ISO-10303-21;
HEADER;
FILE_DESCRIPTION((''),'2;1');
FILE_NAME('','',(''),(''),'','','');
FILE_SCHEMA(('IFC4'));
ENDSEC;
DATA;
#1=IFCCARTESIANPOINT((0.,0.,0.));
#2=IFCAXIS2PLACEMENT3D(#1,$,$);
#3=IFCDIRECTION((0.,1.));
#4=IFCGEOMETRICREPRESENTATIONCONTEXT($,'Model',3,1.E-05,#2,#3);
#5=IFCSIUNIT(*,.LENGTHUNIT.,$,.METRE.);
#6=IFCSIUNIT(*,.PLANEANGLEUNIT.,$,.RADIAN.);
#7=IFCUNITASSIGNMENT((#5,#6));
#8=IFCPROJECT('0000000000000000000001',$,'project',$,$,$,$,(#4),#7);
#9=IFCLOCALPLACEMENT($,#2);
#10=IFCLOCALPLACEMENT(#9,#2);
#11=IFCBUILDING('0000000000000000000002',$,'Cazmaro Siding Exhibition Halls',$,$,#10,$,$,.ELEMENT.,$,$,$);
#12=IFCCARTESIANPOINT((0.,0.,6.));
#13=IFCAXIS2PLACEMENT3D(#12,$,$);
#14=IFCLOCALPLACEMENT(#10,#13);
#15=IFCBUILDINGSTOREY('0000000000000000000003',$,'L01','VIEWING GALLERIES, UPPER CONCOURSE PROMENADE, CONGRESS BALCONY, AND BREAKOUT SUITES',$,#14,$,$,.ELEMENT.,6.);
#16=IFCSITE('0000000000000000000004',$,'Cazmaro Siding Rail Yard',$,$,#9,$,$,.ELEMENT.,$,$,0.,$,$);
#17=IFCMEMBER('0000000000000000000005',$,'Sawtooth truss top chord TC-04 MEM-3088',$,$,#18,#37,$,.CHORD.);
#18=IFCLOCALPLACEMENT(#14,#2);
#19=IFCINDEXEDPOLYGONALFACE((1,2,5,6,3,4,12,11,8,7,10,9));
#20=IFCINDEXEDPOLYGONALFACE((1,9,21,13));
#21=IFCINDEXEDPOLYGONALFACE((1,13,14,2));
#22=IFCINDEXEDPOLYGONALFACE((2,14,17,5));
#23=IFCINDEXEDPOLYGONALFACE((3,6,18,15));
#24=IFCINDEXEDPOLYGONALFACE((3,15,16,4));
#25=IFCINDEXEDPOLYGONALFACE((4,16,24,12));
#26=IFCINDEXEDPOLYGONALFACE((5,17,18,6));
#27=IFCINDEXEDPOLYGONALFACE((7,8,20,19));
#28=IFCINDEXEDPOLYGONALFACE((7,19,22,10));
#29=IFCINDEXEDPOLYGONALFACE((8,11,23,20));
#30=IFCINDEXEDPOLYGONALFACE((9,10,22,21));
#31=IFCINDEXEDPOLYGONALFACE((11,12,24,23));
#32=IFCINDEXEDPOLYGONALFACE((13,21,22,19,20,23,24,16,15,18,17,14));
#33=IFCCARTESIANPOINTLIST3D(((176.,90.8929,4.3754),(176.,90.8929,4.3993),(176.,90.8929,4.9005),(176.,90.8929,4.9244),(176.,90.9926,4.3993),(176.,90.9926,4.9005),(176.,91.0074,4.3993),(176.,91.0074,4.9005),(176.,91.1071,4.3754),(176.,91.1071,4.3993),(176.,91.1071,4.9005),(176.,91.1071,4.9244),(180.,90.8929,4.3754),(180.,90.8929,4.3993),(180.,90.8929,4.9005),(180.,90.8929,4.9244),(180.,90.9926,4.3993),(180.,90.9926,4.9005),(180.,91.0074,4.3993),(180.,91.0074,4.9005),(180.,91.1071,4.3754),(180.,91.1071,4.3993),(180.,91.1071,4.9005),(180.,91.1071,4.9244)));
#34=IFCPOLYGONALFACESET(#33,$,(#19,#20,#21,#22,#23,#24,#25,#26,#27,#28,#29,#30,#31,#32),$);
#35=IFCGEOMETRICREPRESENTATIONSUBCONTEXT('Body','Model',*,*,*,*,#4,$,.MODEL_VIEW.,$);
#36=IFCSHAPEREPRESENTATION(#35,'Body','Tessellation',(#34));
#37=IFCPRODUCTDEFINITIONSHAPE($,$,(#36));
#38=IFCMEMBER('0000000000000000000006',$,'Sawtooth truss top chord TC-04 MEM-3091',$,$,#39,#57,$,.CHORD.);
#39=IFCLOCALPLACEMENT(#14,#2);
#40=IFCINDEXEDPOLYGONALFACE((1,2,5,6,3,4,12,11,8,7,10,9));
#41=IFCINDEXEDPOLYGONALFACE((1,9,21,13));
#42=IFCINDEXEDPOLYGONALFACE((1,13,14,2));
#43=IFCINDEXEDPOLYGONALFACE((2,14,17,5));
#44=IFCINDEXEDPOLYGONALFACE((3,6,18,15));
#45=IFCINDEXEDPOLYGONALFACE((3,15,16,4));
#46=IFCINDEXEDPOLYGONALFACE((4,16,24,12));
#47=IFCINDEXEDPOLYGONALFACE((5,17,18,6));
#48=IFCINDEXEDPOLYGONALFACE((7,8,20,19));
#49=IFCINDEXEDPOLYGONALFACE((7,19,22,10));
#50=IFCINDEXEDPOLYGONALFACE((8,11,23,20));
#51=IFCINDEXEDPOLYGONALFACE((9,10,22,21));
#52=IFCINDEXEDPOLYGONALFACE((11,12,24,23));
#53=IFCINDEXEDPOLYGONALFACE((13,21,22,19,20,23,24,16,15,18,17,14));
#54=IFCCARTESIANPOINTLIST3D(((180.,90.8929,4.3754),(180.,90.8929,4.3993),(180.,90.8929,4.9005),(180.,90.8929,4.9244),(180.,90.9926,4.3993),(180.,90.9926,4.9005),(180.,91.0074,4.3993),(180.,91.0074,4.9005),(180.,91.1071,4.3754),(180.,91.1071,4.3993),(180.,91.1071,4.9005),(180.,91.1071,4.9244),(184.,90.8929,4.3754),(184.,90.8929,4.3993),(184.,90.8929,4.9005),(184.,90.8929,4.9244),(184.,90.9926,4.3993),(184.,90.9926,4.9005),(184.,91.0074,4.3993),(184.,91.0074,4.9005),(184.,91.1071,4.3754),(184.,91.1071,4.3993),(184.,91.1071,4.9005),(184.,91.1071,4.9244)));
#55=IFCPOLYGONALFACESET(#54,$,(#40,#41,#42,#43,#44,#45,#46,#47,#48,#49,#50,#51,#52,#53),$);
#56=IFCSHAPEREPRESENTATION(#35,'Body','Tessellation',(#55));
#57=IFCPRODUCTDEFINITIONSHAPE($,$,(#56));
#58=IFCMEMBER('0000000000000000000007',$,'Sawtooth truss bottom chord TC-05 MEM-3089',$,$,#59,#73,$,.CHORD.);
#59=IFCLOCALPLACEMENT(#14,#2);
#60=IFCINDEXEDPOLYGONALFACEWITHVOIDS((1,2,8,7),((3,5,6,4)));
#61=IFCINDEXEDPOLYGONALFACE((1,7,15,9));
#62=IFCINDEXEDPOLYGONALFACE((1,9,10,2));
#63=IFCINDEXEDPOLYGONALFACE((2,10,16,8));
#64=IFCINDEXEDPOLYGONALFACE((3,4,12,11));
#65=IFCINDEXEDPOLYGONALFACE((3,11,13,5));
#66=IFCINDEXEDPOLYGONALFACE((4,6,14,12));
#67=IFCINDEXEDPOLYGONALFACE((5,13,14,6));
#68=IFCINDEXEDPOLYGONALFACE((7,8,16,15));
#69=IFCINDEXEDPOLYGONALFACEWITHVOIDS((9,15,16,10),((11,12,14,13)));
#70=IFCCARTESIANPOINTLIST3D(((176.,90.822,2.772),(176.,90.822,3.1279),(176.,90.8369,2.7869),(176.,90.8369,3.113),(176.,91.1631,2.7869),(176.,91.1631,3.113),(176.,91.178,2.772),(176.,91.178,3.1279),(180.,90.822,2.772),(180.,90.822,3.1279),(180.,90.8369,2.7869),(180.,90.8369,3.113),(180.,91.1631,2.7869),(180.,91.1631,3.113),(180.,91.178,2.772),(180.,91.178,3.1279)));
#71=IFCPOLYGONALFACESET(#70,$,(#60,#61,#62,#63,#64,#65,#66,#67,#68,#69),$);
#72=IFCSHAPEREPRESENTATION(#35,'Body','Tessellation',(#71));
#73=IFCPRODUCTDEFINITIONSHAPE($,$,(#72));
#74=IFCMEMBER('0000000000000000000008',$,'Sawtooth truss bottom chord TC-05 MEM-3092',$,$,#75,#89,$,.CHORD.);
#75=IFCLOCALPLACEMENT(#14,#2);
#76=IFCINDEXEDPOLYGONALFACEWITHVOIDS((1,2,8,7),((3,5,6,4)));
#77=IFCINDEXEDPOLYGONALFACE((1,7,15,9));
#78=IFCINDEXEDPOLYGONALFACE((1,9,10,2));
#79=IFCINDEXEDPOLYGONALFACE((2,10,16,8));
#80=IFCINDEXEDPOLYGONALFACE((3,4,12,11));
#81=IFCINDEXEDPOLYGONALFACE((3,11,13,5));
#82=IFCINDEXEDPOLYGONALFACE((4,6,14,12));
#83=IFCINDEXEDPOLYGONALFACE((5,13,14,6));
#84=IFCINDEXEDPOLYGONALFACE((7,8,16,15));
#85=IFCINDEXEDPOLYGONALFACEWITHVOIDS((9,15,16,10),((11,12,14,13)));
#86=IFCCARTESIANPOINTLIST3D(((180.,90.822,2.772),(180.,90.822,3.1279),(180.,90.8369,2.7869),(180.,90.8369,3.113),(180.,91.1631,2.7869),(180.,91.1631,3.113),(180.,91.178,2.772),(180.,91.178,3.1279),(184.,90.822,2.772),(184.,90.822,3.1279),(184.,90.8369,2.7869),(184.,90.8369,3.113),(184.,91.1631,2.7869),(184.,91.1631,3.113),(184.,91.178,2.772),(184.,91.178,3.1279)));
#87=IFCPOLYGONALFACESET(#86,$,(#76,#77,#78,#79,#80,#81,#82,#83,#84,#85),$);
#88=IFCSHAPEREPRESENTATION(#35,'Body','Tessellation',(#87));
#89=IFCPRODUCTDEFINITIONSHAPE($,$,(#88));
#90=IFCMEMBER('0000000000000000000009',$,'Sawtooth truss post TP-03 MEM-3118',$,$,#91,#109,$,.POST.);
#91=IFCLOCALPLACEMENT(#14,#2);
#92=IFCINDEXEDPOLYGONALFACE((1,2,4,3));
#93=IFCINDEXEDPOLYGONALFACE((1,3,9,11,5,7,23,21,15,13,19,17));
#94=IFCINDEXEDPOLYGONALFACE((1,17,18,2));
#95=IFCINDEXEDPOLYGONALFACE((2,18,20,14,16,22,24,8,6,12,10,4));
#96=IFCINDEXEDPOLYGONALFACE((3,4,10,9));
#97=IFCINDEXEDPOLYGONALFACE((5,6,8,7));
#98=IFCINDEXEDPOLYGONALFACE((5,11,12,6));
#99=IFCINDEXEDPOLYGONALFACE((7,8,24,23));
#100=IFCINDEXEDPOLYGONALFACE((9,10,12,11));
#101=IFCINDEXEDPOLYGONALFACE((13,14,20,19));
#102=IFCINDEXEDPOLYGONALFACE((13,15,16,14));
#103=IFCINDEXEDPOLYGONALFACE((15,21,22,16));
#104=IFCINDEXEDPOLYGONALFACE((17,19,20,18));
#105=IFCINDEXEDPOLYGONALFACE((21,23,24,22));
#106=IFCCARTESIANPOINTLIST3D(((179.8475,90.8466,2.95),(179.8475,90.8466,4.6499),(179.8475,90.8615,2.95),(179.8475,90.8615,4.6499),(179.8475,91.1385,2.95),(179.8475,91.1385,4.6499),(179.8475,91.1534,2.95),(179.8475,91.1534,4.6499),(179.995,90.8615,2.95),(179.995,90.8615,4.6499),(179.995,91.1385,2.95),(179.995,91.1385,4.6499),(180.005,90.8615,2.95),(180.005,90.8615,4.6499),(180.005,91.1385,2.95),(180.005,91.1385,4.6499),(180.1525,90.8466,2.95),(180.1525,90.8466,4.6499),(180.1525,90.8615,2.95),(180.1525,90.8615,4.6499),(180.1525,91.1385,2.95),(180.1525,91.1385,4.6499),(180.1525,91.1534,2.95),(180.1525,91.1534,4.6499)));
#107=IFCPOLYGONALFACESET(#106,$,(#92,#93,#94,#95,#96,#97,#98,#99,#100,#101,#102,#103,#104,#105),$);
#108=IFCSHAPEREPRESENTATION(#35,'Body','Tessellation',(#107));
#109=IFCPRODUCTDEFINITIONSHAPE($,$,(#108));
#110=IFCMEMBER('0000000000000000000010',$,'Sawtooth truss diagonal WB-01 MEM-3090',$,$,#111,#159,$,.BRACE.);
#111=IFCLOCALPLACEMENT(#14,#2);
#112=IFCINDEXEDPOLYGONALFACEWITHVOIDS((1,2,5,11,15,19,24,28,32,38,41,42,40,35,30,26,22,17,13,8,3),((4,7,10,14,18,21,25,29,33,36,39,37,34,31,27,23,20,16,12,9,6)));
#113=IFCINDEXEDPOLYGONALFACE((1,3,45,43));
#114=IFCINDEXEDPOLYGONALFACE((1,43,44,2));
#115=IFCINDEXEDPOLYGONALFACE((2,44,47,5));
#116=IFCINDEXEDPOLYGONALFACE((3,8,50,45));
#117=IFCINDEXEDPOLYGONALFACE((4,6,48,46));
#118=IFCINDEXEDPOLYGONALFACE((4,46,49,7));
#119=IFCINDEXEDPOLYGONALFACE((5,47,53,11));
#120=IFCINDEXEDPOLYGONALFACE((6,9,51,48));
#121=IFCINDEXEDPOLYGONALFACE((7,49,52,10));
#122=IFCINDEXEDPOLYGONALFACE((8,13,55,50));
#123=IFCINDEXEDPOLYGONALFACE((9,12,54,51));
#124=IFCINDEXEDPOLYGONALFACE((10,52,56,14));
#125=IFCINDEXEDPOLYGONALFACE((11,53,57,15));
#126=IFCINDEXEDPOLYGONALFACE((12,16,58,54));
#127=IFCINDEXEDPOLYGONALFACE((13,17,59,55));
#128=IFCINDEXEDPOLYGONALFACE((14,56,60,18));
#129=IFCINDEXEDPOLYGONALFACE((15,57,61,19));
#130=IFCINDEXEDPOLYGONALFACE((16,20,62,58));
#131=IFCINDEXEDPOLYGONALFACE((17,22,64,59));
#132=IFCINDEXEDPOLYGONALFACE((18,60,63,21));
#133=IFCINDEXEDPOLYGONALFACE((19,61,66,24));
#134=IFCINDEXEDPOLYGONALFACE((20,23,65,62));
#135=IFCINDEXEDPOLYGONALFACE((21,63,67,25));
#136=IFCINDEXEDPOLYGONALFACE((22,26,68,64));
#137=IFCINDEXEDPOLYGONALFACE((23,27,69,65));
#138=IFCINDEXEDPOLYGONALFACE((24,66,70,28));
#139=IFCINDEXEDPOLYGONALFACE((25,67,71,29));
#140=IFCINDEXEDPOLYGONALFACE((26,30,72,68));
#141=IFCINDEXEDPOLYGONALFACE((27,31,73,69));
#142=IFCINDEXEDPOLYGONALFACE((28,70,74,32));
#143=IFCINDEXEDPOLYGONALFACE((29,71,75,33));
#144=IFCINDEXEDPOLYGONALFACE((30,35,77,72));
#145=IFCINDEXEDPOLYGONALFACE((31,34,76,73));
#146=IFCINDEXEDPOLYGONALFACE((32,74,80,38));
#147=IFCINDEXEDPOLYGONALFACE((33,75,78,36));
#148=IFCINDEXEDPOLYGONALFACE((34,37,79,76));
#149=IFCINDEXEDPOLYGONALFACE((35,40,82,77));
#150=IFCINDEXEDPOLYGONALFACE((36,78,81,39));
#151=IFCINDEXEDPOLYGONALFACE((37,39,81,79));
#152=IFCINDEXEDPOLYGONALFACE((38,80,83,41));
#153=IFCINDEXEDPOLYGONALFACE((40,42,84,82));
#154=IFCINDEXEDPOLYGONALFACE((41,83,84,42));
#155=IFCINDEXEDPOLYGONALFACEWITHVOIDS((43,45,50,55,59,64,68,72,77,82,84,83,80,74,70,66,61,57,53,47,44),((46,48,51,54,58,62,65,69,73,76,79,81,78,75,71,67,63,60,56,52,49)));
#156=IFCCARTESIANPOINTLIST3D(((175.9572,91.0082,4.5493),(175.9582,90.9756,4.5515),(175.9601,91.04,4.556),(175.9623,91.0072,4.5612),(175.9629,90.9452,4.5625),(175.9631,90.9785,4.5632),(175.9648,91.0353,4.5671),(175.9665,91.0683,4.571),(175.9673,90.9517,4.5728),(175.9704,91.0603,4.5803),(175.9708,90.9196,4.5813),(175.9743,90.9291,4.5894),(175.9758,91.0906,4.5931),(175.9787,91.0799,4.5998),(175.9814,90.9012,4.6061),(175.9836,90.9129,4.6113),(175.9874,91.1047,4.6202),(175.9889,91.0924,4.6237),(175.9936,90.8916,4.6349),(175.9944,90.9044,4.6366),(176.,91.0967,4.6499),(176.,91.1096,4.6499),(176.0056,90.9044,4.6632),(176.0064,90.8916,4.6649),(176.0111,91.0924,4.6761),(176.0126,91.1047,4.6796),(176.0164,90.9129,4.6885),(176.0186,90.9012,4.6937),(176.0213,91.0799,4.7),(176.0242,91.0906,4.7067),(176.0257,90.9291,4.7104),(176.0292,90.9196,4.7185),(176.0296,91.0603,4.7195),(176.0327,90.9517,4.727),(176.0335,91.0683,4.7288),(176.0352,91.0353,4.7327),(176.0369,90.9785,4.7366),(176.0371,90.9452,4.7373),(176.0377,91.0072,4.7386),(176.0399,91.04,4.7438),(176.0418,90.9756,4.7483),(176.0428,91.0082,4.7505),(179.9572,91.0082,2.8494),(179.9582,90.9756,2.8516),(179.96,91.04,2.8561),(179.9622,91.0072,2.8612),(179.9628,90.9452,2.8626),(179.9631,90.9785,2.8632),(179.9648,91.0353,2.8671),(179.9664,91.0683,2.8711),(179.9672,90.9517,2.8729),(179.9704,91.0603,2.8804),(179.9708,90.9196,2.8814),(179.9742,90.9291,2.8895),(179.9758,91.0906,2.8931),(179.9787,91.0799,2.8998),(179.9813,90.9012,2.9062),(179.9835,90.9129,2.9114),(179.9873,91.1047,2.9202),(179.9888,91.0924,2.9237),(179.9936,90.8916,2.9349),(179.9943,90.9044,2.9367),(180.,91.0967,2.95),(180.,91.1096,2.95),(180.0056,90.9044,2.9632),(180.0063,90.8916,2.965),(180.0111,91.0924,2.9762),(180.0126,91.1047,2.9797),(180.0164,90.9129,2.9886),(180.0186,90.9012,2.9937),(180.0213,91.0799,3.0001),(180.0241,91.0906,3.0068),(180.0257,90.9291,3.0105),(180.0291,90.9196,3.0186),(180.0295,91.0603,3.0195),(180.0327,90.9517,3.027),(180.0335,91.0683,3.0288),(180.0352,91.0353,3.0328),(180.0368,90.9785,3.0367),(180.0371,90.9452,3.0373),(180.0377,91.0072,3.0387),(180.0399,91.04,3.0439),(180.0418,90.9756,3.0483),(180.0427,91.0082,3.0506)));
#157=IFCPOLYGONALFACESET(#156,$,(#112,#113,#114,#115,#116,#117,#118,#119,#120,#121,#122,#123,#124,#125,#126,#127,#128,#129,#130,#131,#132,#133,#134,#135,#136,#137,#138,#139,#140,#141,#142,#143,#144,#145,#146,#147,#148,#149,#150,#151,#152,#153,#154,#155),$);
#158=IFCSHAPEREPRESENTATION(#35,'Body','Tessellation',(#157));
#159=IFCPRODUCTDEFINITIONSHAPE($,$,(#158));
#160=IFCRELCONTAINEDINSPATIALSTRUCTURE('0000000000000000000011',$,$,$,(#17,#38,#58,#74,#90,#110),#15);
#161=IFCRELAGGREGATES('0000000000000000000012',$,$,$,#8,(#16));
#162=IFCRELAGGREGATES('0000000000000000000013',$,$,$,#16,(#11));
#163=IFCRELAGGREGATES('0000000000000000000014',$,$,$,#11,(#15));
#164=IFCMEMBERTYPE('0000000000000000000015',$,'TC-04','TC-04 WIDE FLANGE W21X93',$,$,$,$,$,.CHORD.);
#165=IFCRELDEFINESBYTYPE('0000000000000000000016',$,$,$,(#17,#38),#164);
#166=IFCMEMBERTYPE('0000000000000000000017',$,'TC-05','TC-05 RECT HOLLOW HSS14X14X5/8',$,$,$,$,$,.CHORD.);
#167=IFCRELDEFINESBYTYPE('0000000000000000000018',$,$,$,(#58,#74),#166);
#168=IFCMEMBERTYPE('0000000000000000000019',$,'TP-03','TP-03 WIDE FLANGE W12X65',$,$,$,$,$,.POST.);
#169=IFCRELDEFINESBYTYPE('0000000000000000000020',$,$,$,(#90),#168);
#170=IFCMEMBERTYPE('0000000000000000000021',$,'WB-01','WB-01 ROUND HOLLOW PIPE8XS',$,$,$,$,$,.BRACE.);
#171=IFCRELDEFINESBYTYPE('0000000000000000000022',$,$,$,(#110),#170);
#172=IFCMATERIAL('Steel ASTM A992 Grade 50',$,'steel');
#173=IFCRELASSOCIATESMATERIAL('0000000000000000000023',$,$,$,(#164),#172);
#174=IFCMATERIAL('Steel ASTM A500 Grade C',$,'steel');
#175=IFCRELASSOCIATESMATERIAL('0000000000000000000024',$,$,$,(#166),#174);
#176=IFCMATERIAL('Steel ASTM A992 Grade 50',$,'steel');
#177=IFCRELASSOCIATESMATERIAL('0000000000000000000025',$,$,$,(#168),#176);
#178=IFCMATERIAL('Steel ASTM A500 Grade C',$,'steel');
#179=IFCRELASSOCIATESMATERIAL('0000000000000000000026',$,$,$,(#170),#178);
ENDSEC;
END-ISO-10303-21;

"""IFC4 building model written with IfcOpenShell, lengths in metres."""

from ifc_helpers import new_model, si_unit, direction, frame, origin, origin_2d, place, context, subcontext, project, spatial, hollow_rectangle, hollow_circle, i_section, extrude, material, material_profile, profile_set, type_object, element, save


model = new_model("IFC4")

# Units and contexts
model_context = context("Model", 3, precision=1e-05, world=origin(), true_north=direction((0.0, 1.0)))
body_context = subcontext(model_context, "Body", "Model", "MODEL_VIEW")
ifc_project = project(units=[si_unit("LENGTHUNIT", "METRE"), si_unit("PLANEANGLEUNIT", "RADIAN")], contexts=[model_context])

# Site, building, storey
site_placement = place(None, origin())
site = spatial("IfcSite", under=ifc_project, at=site_placement, Name="Cazmaro Siding Rail Yard", CompositionType="ELEMENT", RefElevation=0.0)
building_placement = place(site_placement, origin())
building = spatial("IfcBuilding", under=site, at=building_placement, Name="Cazmaro Siding Exhibition Halls", CompositionType="ELEMENT")
storey_placement = place(building_placement, frame((0.0, 0.0, 6.0)))
storey = spatial("IfcBuildingStorey", under=building, at=storey_placement, Name="L01", Description="VIEWING GALLERIES, UPPER CONCOURSE PROMENADE, CONGRESS BALCONY, AND BREAKOUT SUITES", CompositionType="ELEMENT", Elevation=6.0)

# Members
ifc_material_1 = material(Name="Steel ASTM A992 Grade 50", Category="steel")
ifc_material_profile_1 = material_profile(ifc_material_1, i_section(OverallWidth=0.2141, OverallDepth=0.5491, WebThickness=0.0149, FlangeThickness=0.0239, at=origin_2d()), Name="W21X93")
ifc_profile_set_1 = profile_set([ifc_material_profile_1], Name="Steel ASTM A992 Grade 50")
member_type_1 = type_object("IfcMemberType", Name="TC-04", Description="TC-04 WIDE FLANGE W21X93", PredefinedType="CHORD", material=ifc_profile_set_1)
for number, where, z_axis, x_axis, name in (
    (1, (176.0, 91.0, 4.6499), (1.0, 0.0, 0.0), (0.0, 1.0, 0.0), "Sawtooth truss top chord TC-04 MEM-3088"),
    (2, (180.0, 91.0, 4.6499), (1.0, 0.0, 0.0), (0.0, 1.0, 0.0), "Sawtooth truss top chord TC-04 MEM-3091"),
):
    element("IfcMember", number, at=place(storey_placement, frame(where, z_axis=z_axis, x_axis=x_axis)), inside=storey, type_object=member_type_1, Name=name, PredefinedType="CHORD", context=body_context, shape_type="SweptSolid", body=[
        extrude(i_section(OverallWidth=0.2141, OverallDepth=0.5491, WebThickness=0.0149, FlangeThickness=0.0239, at=origin_2d()), origin(), (0.0, 0.0, 1.0), 4.0),
    ])
ifc_material_2 = material(Name="Steel ASTM A500 Grade C", Category="steel")
ifc_material_profile_2 = material_profile(ifc_material_2, hollow_rectangle(XDim=0.356, YDim=0.356, WallThickness=0.0149, at=origin_2d()), Name="HSS14X14X5/8")
ifc_profile_set_2 = profile_set([ifc_material_profile_2], Name="Steel ASTM A500 Grade C")
member_type_2 = type_object("IfcMemberType", Name="TC-05", Description="TC-05 RECT HOLLOW HSS14X14X5/8", PredefinedType="CHORD", material=ifc_profile_set_2)
for number, where, z_axis, x_axis, name in (
    (3, (176.0, 91.0, 2.95), (1.0, 0.0, 0.0), (0.0, 1.0, 0.0), "Sawtooth truss bottom chord TC-05 MEM-3089"),
    (4, (180.0, 91.0, 2.95), (1.0, 0.0, 0.0), (0.0, 1.0, 0.0), "Sawtooth truss bottom chord TC-05 MEM-3092"),
):
    element("IfcMember", number, at=place(storey_placement, frame(where, z_axis=z_axis, x_axis=x_axis)), inside=storey, type_object=member_type_2, Name=name, PredefinedType="CHORD", context=body_context, shape_type="SweptSolid", body=[
        extrude(hollow_rectangle(XDim=0.356, YDim=0.356, WallThickness=0.0149, at=origin_2d()), origin(), (0.0, 0.0, 1.0), 4.0),
    ])
ifc_material_3 = material(Name="Steel ASTM A992 Grade 50", Category="steel")
ifc_material_profile_3 = material_profile(ifc_material_3, i_section(OverallWidth=0.3049, OverallDepth=0.3069, WebThickness=0.01, FlangeThickness=0.0149, at=origin_2d()), Name="W12X65")
ifc_profile_set_3 = profile_set([ifc_material_profile_3], Name="Steel ASTM A992 Grade 50")
member_type_3 = type_object("IfcMemberType", Name="TP-03", Description="TP-03 WIDE FLANGE W12X65", PredefinedType="POST", material=ifc_profile_set_3)
member_1_placement = place(storey_placement, frame((180.0, 91.0, 2.95), z_axis=(0.0, 0.0, 1.0), x_axis=(1.0, 0.0, 0.0)))
element("IfcMember", 5, at=member_1_placement, inside=storey, type_object=member_type_3, Name="Sawtooth truss post TP-03 MEM-3118", PredefinedType="POST", context=body_context, shape_type="SweptSolid", body=[
    extrude(i_section(OverallWidth=0.3049, OverallDepth=0.3069, WebThickness=0.01, FlangeThickness=0.0149, at=origin_2d()), origin(), (0.0, 0.0, 1.0), 1.7),
])
ifc_material_4 = material(Name="Steel ASTM A500 Grade C", Category="steel")
ifc_material_profile_4 = material_profile(ifc_material_4, hollow_circle(Radius=0.1096, WallThickness=0.0129, at=origin_2d()), Name="PIPE8XS")
ifc_profile_set_4 = profile_set([ifc_material_profile_4], Name="Steel ASTM A500 Grade C")
member_type_4 = type_object("IfcMemberType", Name="WB-01", Description="WB-01 ROUND HOLLOW PIPE8XS", PredefinedType="BRACE", material=ifc_profile_set_4)
for number, where, z_axis, x_axis, name in (
    (6, (176.0, 91.0, 4.6499), (0.920335, 0.0, -0.391131), (0.0, 1.0, 0.0), "Sawtooth truss diagonal WB-01 MEM-3090"),
):
    element("IfcMember", number, at=place(storey_placement, frame(where, z_axis=z_axis, x_axis=x_axis)), inside=storey, type_object=member_type_4, Name=name, PredefinedType="BRACE", context=body_context, shape_type="SweptSolid", body=[
        extrude(hollow_circle(Radius=0.1096, WallThickness=0.0129, at=origin_2d()), origin(), (0.0, 0.0, 1.0), 4.3462),
    ])

save(model, "model.ifc")
